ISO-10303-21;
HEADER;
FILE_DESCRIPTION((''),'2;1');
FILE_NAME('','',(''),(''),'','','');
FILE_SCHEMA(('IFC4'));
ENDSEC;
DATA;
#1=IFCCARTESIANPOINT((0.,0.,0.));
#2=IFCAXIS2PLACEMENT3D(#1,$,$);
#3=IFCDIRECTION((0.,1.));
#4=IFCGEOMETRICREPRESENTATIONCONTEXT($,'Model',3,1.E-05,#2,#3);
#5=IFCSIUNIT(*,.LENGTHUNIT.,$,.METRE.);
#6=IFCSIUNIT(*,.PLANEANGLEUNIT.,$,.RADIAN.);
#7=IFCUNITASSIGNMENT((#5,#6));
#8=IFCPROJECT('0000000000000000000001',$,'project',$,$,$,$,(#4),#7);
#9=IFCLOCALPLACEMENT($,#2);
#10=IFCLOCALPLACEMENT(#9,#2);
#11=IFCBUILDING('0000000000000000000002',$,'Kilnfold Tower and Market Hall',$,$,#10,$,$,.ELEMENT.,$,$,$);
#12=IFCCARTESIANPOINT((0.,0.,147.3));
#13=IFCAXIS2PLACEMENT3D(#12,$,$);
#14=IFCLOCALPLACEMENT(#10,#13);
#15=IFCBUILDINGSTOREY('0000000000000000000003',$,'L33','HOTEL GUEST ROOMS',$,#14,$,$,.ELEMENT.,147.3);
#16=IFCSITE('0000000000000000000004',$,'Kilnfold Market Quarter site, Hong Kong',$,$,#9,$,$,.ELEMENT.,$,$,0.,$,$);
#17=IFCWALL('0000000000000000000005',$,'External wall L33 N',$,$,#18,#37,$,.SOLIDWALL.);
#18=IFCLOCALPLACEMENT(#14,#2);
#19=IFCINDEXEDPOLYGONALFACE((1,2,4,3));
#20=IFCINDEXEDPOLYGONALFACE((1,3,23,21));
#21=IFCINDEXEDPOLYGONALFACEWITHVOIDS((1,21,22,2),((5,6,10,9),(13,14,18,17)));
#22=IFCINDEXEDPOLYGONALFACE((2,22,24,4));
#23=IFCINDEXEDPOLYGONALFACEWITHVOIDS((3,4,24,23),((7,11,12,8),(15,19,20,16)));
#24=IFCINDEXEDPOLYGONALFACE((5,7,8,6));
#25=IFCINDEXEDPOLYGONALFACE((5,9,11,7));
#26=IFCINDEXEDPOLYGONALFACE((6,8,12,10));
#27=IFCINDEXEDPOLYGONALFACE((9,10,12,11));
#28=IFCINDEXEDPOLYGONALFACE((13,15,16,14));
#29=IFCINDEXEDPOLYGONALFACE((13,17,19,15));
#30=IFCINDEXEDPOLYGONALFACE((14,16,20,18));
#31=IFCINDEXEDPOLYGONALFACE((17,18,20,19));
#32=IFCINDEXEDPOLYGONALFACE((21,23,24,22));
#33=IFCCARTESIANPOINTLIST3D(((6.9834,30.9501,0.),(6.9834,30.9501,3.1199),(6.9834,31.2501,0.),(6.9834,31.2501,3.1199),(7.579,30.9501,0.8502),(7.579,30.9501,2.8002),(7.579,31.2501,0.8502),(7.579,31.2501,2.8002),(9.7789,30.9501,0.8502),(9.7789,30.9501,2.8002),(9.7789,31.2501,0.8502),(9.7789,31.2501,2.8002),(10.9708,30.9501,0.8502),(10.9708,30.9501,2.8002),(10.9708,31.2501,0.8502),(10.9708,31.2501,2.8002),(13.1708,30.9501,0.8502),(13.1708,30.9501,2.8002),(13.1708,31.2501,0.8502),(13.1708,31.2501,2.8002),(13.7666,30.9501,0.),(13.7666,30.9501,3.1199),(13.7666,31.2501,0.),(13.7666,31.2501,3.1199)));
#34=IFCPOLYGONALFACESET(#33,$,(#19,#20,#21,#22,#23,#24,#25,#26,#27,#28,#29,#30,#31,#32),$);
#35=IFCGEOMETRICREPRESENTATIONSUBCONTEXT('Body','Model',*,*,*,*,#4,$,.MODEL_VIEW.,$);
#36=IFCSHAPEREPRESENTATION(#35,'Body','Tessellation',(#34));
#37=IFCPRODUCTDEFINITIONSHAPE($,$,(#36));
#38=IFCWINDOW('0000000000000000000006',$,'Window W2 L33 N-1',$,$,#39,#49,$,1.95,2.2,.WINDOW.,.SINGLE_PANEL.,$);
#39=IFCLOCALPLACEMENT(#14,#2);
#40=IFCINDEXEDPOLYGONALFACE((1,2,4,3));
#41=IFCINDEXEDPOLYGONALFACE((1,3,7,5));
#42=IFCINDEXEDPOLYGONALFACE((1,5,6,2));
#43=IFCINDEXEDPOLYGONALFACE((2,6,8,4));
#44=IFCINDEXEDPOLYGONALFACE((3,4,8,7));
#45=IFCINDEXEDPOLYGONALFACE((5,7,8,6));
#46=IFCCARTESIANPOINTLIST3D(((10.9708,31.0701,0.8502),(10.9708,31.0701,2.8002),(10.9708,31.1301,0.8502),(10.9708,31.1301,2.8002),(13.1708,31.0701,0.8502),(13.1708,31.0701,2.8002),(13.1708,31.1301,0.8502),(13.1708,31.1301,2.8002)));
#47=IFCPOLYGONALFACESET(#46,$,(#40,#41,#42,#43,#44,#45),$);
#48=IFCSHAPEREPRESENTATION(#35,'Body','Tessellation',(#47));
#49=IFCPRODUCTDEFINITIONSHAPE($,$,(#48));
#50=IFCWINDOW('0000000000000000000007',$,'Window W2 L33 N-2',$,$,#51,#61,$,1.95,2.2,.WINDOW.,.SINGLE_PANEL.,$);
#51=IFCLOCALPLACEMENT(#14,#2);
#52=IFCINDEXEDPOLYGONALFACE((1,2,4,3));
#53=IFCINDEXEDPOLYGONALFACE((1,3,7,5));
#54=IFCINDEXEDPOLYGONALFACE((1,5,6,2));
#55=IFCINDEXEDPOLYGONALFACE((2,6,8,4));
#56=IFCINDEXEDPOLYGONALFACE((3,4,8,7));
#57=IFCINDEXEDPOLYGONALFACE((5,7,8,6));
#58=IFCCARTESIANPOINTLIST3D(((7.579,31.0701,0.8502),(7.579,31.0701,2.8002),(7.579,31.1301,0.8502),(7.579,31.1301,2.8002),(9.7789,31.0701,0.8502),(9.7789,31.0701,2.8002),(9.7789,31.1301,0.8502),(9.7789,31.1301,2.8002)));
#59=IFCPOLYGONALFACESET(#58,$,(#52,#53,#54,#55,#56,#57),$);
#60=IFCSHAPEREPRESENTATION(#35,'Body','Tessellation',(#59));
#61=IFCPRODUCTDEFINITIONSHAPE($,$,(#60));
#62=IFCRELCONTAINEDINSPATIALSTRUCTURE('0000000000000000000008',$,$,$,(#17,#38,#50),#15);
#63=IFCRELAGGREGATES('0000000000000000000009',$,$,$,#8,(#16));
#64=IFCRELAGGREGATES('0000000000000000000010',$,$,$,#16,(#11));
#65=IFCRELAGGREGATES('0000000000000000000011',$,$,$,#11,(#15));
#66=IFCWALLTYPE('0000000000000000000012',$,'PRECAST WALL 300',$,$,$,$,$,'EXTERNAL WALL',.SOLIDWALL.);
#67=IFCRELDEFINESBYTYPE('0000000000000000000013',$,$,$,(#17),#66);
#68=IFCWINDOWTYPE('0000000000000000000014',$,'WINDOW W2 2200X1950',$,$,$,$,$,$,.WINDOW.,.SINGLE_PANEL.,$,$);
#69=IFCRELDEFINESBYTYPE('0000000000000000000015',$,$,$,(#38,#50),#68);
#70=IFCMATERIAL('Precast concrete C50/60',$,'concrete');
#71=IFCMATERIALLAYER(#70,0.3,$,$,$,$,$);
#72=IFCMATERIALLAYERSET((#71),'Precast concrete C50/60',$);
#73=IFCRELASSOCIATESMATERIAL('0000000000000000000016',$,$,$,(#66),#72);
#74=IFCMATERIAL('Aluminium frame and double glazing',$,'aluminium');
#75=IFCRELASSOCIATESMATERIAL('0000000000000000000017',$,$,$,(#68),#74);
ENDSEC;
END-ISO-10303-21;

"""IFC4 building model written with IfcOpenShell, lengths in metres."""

from ifc_helpers import new_model, si_unit, direction, frame, frame_2d, origin, place, context, subcontext, project, spatial, rectangle, extrude, source, transform, mapped, material, layer, layer_set, type_object, element, fill, save


model = new_model("IFC4")

# Units and contexts
model_context = context("Model", 3, precision=1e-05, world=origin(), true_north=direction((0.0, 1.0)))
body_context = subcontext(model_context, "Body", "Model", "MODEL_VIEW")
ifc_project = project(units=[si_unit("LENGTHUNIT", "METRE"), si_unit("PLANEANGLEUNIT", "RADIAN")], contexts=[model_context])

# Site, building, storey
site_placement = place(None, origin())
site = spatial("IfcSite", under=ifc_project, at=site_placement, Name="Kilnfold Market Quarter site, Hong Kong", CompositionType="ELEMENT", RefElevation=0.0)
building_placement = place(site_placement, origin())
building = spatial("IfcBuilding", under=site, at=building_placement, Name="Kilnfold Tower and Market Hall", CompositionType="ELEMENT")
storey_placement = place(building_placement, frame((0.0, 0.0, 147.3)))
storey = spatial("IfcBuildingStorey", under=building, at=storey_placement, Name="L33", Description="HOTEL GUEST ROOMS", CompositionType="ELEMENT", Elevation=147.3)

# Wall, openings, windows
ifc_material_1 = material(Name="Precast concrete C50/60", Category="concrete")
ifc_layer_1 = layer(ifc_material_1, 0.3)
ifc_layer_set_1 = layer_set([ifc_layer_1], Name="Precast concrete C50/60")
wall_type_1 = type_object("IfcWallType", Name="PRECAST WALL 300", ElementType="EXTERNAL WALL", PredefinedType="SOLIDWALL", material=ifc_layer_set_1)
shared_shape_1 = source(origin(), body_context, "Body", "SweptSolid", [
    extrude(rectangle(XDim=6.7832, YDim=0.3, at=frame_2d((3.3916, 0.0))), origin(), (0.0, 0.0, 1.0), 3.1199),
])
wall_1_placement = place(storey_placement, frame((13.7666, 31.1001, 0.0), z_axis=(0.0, 0.0, 1.0), x_axis=(-1.0, 0.0, 0.0)))
wall_1 = element("IfcWall", 1, at=wall_1_placement, inside=storey, type_object=wall_type_1, Name="External wall L33 N", PredefinedType="SOLIDWALL", context=body_context, shape_type="MappedRepresentation", body=[
    mapped(shared_shape_1, transform((0.0, 0.0, 0.0))),
])
opening_1_placement = place(wall_1_placement, frame((0.5957, 0.0, 0.8501)))
opening_1 = element("IfcOpeningElement", 2, at=opening_1_placement, cuts=wall_1, PredefinedType="OPENING", context=body_context, shape_type="SweptSolid", body=[
    extrude(rectangle(XDim=2.2, YDim=1.95, at=frame_2d((1.1001, 0.9751))), frame((0.0, 0.1602, 0.0), z_axis=(0.0, -1.0, 0.0), x_axis=(1.0, 0.0, 0.0)), (0.0, 0.0, 1.0), 0.3201),
])
opening_2_placement = place(wall_1_placement, frame((3.9875, 0.0, 0.8501)))
opening_2 = element("IfcOpeningElement", 3, at=opening_2_placement, cuts=wall_1, PredefinedType="OPENING", context=body_context, shape_type="SweptSolid", body=[
    extrude(rectangle(XDim=2.2, YDim=1.95, at=frame_2d((1.1001, 0.9751))), frame((0.0, 0.1602, 0.0), z_axis=(0.0, -1.0, 0.0), x_axis=(1.0, 0.0, 0.0)), (0.0, 0.0, 1.0), 0.3201),
])
ifc_material_2 = material(Name="Aluminium frame and double glazing", Category="aluminium")
window_type = type_object("IfcWindowType", Name="WINDOW W2 2200X1950", PartitioningType="SINGLE_PANEL", PredefinedType="WINDOW", material=ifc_material_2)
window_1_placement = place(opening_1_placement, origin())
window_1 = element("IfcWindow", 4, at=window_1_placement, inside=storey, type_object=window_type, Name="Window W2 L33 N-1", OverallHeight=1.95, OverallWidth=2.2, PartitioningType="SINGLE_PANEL", PredefinedType="WINDOW", context=body_context, shape_type="SweptSolid", body=[
    extrude(rectangle(XDim=2.2, YDim=1.95, at=frame_2d((1.1001, 0.9751))), frame((0.0, 0.03, 0.0), z_axis=(0.0, -1.0, 0.0), x_axis=(1.0, 0.0, 0.0)), (0.0, 0.0, 1.0), 0.0601),
])
fill(opening_1, window_1)
window_2_placement = place(opening_2_placement, origin())
window_2 = element("IfcWindow", 5, at=window_2_placement, inside=storey, type_object=window_type, Name="Window W2 L33 N-2", OverallHeight=1.95, OverallWidth=2.2, PartitioningType="SINGLE_PANEL", PredefinedType="WINDOW", context=body_context, shape_type="SweptSolid", body=[
    extrude(rectangle(XDim=2.2, YDim=1.95, at=frame_2d((1.1001, 0.9751))), frame((0.0, 0.03, 0.0), z_axis=(0.0, -1.0, 0.0), x_axis=(1.0, 0.0, 0.0)), (0.0, 0.0, 1.0), 0.0601),
])
fill(opening_2, window_2)

save(model, "model.ifc")
